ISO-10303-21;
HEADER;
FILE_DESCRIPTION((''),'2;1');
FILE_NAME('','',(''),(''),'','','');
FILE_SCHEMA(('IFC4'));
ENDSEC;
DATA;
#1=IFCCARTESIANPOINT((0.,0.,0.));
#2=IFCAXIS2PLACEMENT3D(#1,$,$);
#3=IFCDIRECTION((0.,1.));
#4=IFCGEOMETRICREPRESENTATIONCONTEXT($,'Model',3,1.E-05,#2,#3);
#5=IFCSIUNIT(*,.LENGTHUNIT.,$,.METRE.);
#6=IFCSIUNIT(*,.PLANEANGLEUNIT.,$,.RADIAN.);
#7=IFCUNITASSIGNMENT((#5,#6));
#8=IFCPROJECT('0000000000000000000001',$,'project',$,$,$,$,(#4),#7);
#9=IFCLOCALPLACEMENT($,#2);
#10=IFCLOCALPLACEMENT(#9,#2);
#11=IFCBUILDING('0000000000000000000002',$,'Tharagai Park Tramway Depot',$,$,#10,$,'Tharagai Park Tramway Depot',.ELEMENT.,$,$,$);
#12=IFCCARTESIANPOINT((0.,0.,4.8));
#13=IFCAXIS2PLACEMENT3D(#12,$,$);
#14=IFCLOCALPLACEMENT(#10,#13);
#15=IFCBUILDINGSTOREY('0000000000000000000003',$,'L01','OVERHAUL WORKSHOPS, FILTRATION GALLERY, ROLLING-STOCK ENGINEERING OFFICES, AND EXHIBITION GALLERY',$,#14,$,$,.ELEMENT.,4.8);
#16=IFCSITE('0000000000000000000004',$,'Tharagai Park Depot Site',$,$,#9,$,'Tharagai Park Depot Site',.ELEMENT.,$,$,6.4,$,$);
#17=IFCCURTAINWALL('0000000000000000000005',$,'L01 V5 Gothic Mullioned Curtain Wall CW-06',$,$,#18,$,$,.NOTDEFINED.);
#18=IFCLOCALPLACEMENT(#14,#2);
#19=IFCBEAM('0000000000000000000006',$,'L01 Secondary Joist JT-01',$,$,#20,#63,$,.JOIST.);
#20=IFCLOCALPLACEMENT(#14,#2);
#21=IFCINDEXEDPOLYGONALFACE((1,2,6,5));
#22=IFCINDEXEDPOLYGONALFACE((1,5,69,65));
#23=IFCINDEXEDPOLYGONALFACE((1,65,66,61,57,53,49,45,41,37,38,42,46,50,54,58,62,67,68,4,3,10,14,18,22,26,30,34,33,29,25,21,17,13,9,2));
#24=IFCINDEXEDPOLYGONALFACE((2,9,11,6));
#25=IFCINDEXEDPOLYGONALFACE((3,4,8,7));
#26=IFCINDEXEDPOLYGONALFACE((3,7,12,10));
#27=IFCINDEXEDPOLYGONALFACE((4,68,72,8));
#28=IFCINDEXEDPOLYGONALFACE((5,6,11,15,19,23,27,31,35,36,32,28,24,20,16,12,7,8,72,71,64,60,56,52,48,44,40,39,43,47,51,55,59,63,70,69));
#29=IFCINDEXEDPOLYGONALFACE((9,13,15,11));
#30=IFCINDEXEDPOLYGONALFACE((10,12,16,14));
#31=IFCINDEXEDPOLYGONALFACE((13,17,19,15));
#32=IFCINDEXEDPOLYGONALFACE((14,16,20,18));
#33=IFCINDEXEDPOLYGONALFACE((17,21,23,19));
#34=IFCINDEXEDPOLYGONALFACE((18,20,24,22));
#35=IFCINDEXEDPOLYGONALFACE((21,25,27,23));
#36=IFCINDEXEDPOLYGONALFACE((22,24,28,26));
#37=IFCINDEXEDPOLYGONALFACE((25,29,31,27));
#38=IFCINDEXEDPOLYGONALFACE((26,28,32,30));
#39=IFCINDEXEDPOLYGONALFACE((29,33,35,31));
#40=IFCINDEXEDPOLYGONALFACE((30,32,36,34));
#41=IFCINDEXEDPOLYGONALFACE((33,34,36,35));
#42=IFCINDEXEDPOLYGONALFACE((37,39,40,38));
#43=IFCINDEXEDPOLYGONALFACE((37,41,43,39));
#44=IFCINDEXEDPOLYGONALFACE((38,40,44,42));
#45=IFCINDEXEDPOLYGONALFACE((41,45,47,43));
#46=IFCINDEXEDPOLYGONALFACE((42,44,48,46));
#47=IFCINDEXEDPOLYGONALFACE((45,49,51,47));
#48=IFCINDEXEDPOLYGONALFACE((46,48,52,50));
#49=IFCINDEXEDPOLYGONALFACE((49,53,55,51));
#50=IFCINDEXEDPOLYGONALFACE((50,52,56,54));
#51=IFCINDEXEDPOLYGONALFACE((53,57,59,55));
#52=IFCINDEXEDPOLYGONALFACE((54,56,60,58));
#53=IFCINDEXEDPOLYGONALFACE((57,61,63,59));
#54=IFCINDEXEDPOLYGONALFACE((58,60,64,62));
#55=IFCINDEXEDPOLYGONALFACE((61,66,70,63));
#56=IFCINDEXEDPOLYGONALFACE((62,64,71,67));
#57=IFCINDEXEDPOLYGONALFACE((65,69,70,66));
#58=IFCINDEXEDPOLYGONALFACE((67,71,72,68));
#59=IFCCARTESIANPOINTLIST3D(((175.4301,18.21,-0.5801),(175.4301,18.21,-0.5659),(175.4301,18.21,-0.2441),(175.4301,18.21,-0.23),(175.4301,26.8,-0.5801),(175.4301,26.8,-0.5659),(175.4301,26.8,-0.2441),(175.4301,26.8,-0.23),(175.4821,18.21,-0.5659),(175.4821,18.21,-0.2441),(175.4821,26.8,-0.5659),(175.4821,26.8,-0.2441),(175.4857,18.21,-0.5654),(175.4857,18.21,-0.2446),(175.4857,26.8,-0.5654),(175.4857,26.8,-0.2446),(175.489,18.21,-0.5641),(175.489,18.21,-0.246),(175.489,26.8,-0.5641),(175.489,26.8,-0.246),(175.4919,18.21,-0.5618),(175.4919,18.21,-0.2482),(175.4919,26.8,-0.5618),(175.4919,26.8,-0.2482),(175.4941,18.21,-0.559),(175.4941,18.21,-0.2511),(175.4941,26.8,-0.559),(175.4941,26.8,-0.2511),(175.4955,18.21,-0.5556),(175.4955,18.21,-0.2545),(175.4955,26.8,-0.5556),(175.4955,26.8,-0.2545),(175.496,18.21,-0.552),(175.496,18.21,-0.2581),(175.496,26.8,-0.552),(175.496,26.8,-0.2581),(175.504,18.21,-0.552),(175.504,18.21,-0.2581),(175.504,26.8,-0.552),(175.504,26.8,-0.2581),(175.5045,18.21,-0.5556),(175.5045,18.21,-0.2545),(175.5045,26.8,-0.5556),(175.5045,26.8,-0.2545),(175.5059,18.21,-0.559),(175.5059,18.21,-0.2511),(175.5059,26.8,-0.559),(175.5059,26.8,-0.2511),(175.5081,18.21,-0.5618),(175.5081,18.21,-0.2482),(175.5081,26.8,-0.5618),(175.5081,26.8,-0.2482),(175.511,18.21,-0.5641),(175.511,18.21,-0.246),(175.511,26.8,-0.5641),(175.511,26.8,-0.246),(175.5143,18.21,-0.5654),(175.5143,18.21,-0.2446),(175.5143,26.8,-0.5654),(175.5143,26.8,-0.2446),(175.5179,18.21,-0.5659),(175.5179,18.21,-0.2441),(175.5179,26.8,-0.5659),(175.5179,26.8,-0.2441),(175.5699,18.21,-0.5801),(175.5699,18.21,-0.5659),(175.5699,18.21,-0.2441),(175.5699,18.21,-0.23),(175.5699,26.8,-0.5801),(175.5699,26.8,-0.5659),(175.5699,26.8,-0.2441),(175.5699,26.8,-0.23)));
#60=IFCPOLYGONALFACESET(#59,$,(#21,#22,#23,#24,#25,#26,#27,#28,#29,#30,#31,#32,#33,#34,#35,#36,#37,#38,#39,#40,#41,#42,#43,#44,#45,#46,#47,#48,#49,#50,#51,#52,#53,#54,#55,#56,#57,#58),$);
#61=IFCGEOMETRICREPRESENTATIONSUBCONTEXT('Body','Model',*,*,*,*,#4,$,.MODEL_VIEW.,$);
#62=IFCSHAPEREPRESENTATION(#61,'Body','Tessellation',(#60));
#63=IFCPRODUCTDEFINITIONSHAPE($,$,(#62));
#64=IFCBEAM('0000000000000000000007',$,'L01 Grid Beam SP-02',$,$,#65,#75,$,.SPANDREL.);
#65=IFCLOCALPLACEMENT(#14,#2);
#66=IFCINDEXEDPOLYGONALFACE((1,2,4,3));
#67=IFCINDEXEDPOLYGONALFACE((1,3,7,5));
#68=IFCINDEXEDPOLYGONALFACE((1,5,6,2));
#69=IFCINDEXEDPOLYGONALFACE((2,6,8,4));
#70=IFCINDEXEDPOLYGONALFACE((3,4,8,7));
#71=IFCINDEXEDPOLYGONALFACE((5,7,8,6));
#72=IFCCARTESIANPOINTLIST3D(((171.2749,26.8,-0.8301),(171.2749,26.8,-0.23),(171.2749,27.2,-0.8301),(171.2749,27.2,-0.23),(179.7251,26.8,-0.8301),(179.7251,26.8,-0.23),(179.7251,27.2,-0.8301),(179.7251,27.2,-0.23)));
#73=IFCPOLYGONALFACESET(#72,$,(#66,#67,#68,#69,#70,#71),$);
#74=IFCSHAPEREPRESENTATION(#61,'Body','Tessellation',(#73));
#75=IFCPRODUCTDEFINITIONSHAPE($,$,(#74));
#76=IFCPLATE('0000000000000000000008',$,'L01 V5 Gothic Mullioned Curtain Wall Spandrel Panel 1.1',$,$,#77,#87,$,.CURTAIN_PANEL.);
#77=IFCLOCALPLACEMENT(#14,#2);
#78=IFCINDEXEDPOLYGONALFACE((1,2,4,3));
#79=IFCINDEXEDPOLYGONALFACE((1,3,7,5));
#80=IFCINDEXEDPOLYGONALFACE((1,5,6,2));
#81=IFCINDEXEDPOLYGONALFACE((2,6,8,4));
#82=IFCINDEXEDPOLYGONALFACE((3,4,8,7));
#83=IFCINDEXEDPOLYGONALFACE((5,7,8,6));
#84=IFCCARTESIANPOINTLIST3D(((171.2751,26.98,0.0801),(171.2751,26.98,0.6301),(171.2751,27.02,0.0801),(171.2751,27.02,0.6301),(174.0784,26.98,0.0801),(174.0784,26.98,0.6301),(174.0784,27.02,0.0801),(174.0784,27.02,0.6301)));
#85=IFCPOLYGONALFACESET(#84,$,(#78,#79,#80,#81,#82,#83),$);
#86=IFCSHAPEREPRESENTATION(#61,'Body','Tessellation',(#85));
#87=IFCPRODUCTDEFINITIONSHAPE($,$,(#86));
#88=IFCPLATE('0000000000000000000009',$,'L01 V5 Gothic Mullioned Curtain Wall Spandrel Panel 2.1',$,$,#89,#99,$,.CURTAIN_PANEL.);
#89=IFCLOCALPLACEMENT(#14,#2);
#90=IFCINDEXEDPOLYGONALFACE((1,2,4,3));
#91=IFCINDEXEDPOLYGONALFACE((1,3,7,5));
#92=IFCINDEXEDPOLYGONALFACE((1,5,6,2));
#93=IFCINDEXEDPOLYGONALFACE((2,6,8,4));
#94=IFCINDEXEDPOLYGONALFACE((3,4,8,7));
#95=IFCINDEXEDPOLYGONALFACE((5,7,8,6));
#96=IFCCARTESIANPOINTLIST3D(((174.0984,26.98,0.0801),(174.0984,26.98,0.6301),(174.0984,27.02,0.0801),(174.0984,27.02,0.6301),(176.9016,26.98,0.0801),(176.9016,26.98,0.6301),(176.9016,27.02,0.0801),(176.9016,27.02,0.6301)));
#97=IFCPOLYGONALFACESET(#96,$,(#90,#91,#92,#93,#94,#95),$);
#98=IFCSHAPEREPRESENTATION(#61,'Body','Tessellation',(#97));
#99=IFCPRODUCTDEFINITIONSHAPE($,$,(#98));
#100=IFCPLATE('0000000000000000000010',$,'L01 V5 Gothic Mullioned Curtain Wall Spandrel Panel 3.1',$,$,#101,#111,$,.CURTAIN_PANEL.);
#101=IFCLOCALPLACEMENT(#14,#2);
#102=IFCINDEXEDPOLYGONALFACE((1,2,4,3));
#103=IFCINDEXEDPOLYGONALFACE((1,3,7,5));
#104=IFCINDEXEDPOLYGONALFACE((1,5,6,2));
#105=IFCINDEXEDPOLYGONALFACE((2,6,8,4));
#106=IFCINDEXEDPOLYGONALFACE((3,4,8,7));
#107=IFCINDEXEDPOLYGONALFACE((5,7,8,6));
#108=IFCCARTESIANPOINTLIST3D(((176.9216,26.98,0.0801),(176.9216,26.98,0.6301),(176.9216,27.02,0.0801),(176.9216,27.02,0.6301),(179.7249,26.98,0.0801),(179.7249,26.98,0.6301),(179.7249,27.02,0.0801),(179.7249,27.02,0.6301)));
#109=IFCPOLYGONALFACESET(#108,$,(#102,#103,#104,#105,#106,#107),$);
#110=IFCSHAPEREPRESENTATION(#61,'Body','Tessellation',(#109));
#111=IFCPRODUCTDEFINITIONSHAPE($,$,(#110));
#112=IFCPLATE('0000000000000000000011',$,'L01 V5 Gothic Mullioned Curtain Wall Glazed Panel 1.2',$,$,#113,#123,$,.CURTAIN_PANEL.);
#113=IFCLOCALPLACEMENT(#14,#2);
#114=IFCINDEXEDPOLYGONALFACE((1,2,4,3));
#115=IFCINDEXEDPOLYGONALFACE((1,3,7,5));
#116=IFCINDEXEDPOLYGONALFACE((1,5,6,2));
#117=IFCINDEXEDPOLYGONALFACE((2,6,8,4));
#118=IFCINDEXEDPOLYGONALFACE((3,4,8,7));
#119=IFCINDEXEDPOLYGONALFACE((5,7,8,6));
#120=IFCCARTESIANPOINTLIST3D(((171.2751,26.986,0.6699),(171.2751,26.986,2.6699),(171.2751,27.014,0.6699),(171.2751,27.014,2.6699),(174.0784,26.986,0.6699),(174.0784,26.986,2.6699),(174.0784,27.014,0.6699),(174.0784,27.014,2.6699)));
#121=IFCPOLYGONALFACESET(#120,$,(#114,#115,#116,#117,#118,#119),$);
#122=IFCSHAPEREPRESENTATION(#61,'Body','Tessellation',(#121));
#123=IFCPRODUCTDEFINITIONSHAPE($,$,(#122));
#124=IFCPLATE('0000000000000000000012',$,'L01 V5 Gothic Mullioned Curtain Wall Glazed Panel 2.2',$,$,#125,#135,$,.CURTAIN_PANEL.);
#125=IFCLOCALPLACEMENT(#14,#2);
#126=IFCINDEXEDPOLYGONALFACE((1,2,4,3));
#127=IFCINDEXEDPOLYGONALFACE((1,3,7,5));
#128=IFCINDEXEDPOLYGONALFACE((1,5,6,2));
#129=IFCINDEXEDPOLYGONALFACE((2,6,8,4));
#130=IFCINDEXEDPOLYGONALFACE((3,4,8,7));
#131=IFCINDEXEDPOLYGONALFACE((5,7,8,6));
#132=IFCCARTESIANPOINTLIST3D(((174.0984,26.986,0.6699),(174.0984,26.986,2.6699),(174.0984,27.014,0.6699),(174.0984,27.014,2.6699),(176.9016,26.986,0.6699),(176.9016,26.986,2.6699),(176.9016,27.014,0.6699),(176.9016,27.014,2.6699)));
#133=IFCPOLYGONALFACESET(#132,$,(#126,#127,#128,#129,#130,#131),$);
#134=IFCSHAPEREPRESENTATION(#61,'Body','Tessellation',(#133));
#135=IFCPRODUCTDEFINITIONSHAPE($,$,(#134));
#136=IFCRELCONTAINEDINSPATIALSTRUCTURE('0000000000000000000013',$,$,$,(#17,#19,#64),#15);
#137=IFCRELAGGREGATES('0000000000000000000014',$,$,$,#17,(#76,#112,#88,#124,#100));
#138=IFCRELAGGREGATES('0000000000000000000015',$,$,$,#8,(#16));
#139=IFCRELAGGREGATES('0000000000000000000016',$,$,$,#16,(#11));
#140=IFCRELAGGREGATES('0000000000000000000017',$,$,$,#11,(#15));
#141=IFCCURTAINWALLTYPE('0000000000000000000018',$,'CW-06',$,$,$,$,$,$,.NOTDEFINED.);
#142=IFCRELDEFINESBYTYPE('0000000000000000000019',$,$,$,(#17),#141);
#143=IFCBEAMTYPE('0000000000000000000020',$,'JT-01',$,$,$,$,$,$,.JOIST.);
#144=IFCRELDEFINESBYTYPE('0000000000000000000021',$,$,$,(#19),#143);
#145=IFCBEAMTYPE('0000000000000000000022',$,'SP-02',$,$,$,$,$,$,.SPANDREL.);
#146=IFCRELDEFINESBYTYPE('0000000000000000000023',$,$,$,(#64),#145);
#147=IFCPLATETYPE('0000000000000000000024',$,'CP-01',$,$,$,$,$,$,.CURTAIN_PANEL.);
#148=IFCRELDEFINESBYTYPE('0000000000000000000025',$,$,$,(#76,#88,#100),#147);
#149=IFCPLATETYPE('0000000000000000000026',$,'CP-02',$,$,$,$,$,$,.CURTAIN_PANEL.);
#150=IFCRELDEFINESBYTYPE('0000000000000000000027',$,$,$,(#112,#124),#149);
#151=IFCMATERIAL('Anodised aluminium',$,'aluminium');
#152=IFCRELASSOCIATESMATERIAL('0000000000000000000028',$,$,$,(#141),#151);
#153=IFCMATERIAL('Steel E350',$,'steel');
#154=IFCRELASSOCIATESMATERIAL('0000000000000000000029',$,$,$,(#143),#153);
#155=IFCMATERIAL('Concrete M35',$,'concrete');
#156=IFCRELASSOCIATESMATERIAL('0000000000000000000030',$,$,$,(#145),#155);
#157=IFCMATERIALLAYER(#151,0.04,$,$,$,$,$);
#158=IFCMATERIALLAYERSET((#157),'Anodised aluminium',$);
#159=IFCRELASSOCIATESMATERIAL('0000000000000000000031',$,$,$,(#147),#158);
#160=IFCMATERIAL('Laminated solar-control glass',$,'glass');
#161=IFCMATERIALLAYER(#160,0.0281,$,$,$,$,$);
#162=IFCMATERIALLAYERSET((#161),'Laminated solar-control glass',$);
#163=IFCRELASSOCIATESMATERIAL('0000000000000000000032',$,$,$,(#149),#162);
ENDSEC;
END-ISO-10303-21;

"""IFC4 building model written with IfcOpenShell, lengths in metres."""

from ifc_helpers import new_model, si_unit, direction, frame, origin, origin_2d, place, context, subcontext, project, spatial, rectangle, i_section, extrude, material, layer, layer_set, material_profile, profile_set, type_object, element, aggregate, save


model = new_model("IFC4")

# Units and contexts
model_context = context("Model", 3, precision=1e-05, world=origin(), true_north=direction((0.0, 1.0)))
body_context = subcontext(model_context, "Body", "Model", "MODEL_VIEW")
ifc_project = project(units=[si_unit("LENGTHUNIT", "METRE"), si_unit("PLANEANGLEUNIT", "RADIAN")], contexts=[model_context])

# Site, building, storey
site_placement = place(None, origin())
site = spatial("IfcSite", under=ifc_project, at=site_placement, Name="Tharagai Park Depot Site", LongName="Tharagai Park Depot Site", CompositionType="ELEMENT", RefElevation=6.4)
building_placement = place(site_placement, origin())
building = spatial("IfcBuilding", under=site, at=building_placement, Name="Tharagai Park Tramway Depot", LongName="Tharagai Park Tramway Depot", CompositionType="ELEMENT")
storey_placement = place(building_placement, frame((0.0, 0.0, 4.8)))
storey = spatial("IfcBuildingStorey", under=building, at=storey_placement, Name="L01", Description="OVERHAUL WORKSHOPS, FILTRATION GALLERY, ROLLING-STOCK ENGINEERING OFFICES, AND EXHIBITION GALLERY", CompositionType="ELEMENT", Elevation=4.8)

# Curtain wall
ifc_material_1 = material(Name="Anodised aluminium", Category="aluminium")
curtain_wall_type = type_object("IfcCurtainWallType", Name="CW-06", PredefinedType="NOTDEFINED", material=ifc_material_1)
curtain_wall_placement = place(storey_placement, origin())
curtain_wall = element("IfcCurtainWall", 1, at=curtain_wall_placement, inside=storey, type_object=curtain_wall_type, Name="L01 V5 Gothic Mullioned Curtain Wall CW-06", PredefinedType="NOTDEFINED")

# Beams
ifc_material_2 = material(Name="Steel E350", Category="steel")
ifc_material_profile_1 = material_profile(ifc_material_2, i_section(OverallWidth=0.1399, OverallDepth=0.3501, WebThickness=0.0081, FlangeThickness=0.0142, FilletRadius=0.0139, at=origin_2d()), Name="ISMB 350")
ifc_profile_set_1 = profile_set([ifc_material_profile_1], Name="Steel E350")
beam_type_1 = type_object("IfcBeamType", Name="JT-01", PredefinedType="JOIST", material=ifc_profile_set_1)
beam_1_placement = place(storey_placement, frame((175.5, 18.21, -0.405), z_axis=(0.0, 1.0, 0.0), x_axis=(-1.0, 0.0, 0.0)))
element("IfcBeam", 2, at=beam_1_placement, inside=storey, type_object=beam_type_1, Name="L01 Secondary Joist JT-01", PredefinedType="JOIST", context=body_context, shape_type="SweptSolid", body=[
    extrude(i_section(OverallWidth=0.1399, OverallDepth=0.3501, WebThickness=0.0081, FlangeThickness=0.0142, FilletRadius=0.0139, at=origin_2d()), origin(), (0.0, 0.0, 1.0), 8.5901),
])
ifc_material_3 = material(Name="Concrete M35", Category="concrete")
ifc_material_profile_2 = material_profile(ifc_material_3, rectangle(XDim=0.3999, YDim=0.6001, at=origin_2d()), Name="RC 400x600")
ifc_profile_set_2 = profile_set([ifc_material_profile_2], Name="Concrete M35")
beam_type_2 = type_object("IfcBeamType", Name="SP-02", PredefinedType="SPANDREL", material=ifc_profile_set_2)
beam_2_placement = place(storey_placement, frame((171.2749, 27.0, -0.53), z_axis=(1.0, 0.0, 0.0), x_axis=(0.0, 1.0, 0.0)))
element("IfcBeam", 3, at=beam_2_placement, inside=storey, type_object=beam_type_2, Name="L01 Grid Beam SP-02", PredefinedType="SPANDREL", context=body_context, shape_type="SweptSolid", body=[
    extrude(rectangle(XDim=0.3999, YDim=0.6001, at=origin_2d()), origin(), (0.0, 0.0, 1.0), 8.4502),
])

# Plates
ifc_layer_1 = layer(ifc_material_1, 0.04)
ifc_layer_set_1 = layer_set([ifc_layer_1], Name="Anodised aluminium")
plate_type_1 = type_object("IfcPlateType", Name="CP-01", PredefinedType="CURTAIN_PANEL", material=ifc_layer_set_1)
plate_1_placement = place(storey_placement, frame((172.6768, 27.0, 0.0801), z_axis=(0.0, 0.0, 1.0), x_axis=(1.0, 0.0, 0.0)))
plate_1 = element("IfcPlate", 4, at=plate_1_placement, type_object=plate_type_1, Name="L01 V5 Gothic Mullioned Curtain Wall Spandrel Panel 1.1", PredefinedType="CURTAIN_PANEL", context=body_context, shape_type="SweptSolid", body=[
    extrude(rectangle(XDim=2.8032, YDim=0.04, at=origin_2d()), origin(), (0.0, 0.0, 1.0), 0.55),
])
plate_2_placement = place(storey_placement, frame((175.5, 27.0, 0.0801), z_axis=(0.0, 0.0, 1.0), x_axis=(1.0, 0.0, 0.0)))
plate_2 = element("IfcPlate", 5, at=plate_2_placement, type_object=plate_type_1, Name="L01 V5 Gothic Mullioned Curtain Wall Spandrel Panel 2.1", PredefinedType="CURTAIN_PANEL", context=body_context, shape_type="SweptSolid", body=[
    extrude(rectangle(XDim=2.8032, YDim=0.04, at=origin_2d()), origin(), (0.0, 0.0, 1.0), 0.55),
])
plate_3_placement = place(storey_placement, frame((178.3232, 27.0, 0.0801), z_axis=(0.0, 0.0, 1.0), x_axis=(1.0, 0.0, 0.0)))
plate_3 = element("IfcPlate", 6, at=plate_3_placement, type_object=plate_type_1, Name="L01 V5 Gothic Mullioned Curtain Wall Spandrel Panel 3.1", PredefinedType="CURTAIN_PANEL", context=body_context, shape_type="SweptSolid", body=[
    extrude(rectangle(XDim=2.8032, YDim=0.04, at=origin_2d()), origin(), (0.0, 0.0, 1.0), 0.55),
])
ifc_material_4 = material(Name="Laminated solar-control glass", Category="glass")
ifc_layer_2 = layer(ifc_material_4, 0.0281)
ifc_layer_set_2 = layer_set([ifc_layer_2], Name="Laminated solar-control glass")
plate_type_2 = type_object("IfcPlateType", Name="CP-02", PredefinedType="CURTAIN_PANEL", material=ifc_layer_set_2)
plate_4_placement = place(storey_placement, frame((172.6768, 27.0, 0.6699), z_axis=(0.0, 0.0, 1.0), x_axis=(1.0, 0.0, 0.0)))
plate_4 = element("IfcPlate", 7, at=plate_4_placement, type_object=plate_type_2, Name="L01 V5 Gothic Mullioned Curtain Wall Glazed Panel 1.2", PredefinedType="CURTAIN_PANEL", context=body_context, shape_type="SweptSolid", body=[
    extrude(rectangle(XDim=2.8032, YDim=0.0281, at=origin_2d()), origin(), (0.0, 0.0, 1.0), 2.0),
])
plate_5_placement = place(storey_placement, frame((175.5, 27.0, 0.6699), z_axis=(0.0, 0.0, 1.0), x_axis=(1.0, 0.0, 0.0)))
plate_5 = element("IfcPlate", 8, at=plate_5_placement, type_object=plate_type_2, Name="L01 V5 Gothic Mullioned Curtain Wall Glazed Panel 2.2", PredefinedType="CURTAIN_PANEL", context=body_context, shape_type="SweptSolid", body=[
    extrude(rectangle(XDim=2.8032, YDim=0.0281, at=origin_2d()), origin(), (0.0, 0.0, 1.0), 2.0),
])
aggregate(curtain_wall, [plate_1, plate_4, plate_2, plate_5, plate_3])

save(model, "model.ifc")
